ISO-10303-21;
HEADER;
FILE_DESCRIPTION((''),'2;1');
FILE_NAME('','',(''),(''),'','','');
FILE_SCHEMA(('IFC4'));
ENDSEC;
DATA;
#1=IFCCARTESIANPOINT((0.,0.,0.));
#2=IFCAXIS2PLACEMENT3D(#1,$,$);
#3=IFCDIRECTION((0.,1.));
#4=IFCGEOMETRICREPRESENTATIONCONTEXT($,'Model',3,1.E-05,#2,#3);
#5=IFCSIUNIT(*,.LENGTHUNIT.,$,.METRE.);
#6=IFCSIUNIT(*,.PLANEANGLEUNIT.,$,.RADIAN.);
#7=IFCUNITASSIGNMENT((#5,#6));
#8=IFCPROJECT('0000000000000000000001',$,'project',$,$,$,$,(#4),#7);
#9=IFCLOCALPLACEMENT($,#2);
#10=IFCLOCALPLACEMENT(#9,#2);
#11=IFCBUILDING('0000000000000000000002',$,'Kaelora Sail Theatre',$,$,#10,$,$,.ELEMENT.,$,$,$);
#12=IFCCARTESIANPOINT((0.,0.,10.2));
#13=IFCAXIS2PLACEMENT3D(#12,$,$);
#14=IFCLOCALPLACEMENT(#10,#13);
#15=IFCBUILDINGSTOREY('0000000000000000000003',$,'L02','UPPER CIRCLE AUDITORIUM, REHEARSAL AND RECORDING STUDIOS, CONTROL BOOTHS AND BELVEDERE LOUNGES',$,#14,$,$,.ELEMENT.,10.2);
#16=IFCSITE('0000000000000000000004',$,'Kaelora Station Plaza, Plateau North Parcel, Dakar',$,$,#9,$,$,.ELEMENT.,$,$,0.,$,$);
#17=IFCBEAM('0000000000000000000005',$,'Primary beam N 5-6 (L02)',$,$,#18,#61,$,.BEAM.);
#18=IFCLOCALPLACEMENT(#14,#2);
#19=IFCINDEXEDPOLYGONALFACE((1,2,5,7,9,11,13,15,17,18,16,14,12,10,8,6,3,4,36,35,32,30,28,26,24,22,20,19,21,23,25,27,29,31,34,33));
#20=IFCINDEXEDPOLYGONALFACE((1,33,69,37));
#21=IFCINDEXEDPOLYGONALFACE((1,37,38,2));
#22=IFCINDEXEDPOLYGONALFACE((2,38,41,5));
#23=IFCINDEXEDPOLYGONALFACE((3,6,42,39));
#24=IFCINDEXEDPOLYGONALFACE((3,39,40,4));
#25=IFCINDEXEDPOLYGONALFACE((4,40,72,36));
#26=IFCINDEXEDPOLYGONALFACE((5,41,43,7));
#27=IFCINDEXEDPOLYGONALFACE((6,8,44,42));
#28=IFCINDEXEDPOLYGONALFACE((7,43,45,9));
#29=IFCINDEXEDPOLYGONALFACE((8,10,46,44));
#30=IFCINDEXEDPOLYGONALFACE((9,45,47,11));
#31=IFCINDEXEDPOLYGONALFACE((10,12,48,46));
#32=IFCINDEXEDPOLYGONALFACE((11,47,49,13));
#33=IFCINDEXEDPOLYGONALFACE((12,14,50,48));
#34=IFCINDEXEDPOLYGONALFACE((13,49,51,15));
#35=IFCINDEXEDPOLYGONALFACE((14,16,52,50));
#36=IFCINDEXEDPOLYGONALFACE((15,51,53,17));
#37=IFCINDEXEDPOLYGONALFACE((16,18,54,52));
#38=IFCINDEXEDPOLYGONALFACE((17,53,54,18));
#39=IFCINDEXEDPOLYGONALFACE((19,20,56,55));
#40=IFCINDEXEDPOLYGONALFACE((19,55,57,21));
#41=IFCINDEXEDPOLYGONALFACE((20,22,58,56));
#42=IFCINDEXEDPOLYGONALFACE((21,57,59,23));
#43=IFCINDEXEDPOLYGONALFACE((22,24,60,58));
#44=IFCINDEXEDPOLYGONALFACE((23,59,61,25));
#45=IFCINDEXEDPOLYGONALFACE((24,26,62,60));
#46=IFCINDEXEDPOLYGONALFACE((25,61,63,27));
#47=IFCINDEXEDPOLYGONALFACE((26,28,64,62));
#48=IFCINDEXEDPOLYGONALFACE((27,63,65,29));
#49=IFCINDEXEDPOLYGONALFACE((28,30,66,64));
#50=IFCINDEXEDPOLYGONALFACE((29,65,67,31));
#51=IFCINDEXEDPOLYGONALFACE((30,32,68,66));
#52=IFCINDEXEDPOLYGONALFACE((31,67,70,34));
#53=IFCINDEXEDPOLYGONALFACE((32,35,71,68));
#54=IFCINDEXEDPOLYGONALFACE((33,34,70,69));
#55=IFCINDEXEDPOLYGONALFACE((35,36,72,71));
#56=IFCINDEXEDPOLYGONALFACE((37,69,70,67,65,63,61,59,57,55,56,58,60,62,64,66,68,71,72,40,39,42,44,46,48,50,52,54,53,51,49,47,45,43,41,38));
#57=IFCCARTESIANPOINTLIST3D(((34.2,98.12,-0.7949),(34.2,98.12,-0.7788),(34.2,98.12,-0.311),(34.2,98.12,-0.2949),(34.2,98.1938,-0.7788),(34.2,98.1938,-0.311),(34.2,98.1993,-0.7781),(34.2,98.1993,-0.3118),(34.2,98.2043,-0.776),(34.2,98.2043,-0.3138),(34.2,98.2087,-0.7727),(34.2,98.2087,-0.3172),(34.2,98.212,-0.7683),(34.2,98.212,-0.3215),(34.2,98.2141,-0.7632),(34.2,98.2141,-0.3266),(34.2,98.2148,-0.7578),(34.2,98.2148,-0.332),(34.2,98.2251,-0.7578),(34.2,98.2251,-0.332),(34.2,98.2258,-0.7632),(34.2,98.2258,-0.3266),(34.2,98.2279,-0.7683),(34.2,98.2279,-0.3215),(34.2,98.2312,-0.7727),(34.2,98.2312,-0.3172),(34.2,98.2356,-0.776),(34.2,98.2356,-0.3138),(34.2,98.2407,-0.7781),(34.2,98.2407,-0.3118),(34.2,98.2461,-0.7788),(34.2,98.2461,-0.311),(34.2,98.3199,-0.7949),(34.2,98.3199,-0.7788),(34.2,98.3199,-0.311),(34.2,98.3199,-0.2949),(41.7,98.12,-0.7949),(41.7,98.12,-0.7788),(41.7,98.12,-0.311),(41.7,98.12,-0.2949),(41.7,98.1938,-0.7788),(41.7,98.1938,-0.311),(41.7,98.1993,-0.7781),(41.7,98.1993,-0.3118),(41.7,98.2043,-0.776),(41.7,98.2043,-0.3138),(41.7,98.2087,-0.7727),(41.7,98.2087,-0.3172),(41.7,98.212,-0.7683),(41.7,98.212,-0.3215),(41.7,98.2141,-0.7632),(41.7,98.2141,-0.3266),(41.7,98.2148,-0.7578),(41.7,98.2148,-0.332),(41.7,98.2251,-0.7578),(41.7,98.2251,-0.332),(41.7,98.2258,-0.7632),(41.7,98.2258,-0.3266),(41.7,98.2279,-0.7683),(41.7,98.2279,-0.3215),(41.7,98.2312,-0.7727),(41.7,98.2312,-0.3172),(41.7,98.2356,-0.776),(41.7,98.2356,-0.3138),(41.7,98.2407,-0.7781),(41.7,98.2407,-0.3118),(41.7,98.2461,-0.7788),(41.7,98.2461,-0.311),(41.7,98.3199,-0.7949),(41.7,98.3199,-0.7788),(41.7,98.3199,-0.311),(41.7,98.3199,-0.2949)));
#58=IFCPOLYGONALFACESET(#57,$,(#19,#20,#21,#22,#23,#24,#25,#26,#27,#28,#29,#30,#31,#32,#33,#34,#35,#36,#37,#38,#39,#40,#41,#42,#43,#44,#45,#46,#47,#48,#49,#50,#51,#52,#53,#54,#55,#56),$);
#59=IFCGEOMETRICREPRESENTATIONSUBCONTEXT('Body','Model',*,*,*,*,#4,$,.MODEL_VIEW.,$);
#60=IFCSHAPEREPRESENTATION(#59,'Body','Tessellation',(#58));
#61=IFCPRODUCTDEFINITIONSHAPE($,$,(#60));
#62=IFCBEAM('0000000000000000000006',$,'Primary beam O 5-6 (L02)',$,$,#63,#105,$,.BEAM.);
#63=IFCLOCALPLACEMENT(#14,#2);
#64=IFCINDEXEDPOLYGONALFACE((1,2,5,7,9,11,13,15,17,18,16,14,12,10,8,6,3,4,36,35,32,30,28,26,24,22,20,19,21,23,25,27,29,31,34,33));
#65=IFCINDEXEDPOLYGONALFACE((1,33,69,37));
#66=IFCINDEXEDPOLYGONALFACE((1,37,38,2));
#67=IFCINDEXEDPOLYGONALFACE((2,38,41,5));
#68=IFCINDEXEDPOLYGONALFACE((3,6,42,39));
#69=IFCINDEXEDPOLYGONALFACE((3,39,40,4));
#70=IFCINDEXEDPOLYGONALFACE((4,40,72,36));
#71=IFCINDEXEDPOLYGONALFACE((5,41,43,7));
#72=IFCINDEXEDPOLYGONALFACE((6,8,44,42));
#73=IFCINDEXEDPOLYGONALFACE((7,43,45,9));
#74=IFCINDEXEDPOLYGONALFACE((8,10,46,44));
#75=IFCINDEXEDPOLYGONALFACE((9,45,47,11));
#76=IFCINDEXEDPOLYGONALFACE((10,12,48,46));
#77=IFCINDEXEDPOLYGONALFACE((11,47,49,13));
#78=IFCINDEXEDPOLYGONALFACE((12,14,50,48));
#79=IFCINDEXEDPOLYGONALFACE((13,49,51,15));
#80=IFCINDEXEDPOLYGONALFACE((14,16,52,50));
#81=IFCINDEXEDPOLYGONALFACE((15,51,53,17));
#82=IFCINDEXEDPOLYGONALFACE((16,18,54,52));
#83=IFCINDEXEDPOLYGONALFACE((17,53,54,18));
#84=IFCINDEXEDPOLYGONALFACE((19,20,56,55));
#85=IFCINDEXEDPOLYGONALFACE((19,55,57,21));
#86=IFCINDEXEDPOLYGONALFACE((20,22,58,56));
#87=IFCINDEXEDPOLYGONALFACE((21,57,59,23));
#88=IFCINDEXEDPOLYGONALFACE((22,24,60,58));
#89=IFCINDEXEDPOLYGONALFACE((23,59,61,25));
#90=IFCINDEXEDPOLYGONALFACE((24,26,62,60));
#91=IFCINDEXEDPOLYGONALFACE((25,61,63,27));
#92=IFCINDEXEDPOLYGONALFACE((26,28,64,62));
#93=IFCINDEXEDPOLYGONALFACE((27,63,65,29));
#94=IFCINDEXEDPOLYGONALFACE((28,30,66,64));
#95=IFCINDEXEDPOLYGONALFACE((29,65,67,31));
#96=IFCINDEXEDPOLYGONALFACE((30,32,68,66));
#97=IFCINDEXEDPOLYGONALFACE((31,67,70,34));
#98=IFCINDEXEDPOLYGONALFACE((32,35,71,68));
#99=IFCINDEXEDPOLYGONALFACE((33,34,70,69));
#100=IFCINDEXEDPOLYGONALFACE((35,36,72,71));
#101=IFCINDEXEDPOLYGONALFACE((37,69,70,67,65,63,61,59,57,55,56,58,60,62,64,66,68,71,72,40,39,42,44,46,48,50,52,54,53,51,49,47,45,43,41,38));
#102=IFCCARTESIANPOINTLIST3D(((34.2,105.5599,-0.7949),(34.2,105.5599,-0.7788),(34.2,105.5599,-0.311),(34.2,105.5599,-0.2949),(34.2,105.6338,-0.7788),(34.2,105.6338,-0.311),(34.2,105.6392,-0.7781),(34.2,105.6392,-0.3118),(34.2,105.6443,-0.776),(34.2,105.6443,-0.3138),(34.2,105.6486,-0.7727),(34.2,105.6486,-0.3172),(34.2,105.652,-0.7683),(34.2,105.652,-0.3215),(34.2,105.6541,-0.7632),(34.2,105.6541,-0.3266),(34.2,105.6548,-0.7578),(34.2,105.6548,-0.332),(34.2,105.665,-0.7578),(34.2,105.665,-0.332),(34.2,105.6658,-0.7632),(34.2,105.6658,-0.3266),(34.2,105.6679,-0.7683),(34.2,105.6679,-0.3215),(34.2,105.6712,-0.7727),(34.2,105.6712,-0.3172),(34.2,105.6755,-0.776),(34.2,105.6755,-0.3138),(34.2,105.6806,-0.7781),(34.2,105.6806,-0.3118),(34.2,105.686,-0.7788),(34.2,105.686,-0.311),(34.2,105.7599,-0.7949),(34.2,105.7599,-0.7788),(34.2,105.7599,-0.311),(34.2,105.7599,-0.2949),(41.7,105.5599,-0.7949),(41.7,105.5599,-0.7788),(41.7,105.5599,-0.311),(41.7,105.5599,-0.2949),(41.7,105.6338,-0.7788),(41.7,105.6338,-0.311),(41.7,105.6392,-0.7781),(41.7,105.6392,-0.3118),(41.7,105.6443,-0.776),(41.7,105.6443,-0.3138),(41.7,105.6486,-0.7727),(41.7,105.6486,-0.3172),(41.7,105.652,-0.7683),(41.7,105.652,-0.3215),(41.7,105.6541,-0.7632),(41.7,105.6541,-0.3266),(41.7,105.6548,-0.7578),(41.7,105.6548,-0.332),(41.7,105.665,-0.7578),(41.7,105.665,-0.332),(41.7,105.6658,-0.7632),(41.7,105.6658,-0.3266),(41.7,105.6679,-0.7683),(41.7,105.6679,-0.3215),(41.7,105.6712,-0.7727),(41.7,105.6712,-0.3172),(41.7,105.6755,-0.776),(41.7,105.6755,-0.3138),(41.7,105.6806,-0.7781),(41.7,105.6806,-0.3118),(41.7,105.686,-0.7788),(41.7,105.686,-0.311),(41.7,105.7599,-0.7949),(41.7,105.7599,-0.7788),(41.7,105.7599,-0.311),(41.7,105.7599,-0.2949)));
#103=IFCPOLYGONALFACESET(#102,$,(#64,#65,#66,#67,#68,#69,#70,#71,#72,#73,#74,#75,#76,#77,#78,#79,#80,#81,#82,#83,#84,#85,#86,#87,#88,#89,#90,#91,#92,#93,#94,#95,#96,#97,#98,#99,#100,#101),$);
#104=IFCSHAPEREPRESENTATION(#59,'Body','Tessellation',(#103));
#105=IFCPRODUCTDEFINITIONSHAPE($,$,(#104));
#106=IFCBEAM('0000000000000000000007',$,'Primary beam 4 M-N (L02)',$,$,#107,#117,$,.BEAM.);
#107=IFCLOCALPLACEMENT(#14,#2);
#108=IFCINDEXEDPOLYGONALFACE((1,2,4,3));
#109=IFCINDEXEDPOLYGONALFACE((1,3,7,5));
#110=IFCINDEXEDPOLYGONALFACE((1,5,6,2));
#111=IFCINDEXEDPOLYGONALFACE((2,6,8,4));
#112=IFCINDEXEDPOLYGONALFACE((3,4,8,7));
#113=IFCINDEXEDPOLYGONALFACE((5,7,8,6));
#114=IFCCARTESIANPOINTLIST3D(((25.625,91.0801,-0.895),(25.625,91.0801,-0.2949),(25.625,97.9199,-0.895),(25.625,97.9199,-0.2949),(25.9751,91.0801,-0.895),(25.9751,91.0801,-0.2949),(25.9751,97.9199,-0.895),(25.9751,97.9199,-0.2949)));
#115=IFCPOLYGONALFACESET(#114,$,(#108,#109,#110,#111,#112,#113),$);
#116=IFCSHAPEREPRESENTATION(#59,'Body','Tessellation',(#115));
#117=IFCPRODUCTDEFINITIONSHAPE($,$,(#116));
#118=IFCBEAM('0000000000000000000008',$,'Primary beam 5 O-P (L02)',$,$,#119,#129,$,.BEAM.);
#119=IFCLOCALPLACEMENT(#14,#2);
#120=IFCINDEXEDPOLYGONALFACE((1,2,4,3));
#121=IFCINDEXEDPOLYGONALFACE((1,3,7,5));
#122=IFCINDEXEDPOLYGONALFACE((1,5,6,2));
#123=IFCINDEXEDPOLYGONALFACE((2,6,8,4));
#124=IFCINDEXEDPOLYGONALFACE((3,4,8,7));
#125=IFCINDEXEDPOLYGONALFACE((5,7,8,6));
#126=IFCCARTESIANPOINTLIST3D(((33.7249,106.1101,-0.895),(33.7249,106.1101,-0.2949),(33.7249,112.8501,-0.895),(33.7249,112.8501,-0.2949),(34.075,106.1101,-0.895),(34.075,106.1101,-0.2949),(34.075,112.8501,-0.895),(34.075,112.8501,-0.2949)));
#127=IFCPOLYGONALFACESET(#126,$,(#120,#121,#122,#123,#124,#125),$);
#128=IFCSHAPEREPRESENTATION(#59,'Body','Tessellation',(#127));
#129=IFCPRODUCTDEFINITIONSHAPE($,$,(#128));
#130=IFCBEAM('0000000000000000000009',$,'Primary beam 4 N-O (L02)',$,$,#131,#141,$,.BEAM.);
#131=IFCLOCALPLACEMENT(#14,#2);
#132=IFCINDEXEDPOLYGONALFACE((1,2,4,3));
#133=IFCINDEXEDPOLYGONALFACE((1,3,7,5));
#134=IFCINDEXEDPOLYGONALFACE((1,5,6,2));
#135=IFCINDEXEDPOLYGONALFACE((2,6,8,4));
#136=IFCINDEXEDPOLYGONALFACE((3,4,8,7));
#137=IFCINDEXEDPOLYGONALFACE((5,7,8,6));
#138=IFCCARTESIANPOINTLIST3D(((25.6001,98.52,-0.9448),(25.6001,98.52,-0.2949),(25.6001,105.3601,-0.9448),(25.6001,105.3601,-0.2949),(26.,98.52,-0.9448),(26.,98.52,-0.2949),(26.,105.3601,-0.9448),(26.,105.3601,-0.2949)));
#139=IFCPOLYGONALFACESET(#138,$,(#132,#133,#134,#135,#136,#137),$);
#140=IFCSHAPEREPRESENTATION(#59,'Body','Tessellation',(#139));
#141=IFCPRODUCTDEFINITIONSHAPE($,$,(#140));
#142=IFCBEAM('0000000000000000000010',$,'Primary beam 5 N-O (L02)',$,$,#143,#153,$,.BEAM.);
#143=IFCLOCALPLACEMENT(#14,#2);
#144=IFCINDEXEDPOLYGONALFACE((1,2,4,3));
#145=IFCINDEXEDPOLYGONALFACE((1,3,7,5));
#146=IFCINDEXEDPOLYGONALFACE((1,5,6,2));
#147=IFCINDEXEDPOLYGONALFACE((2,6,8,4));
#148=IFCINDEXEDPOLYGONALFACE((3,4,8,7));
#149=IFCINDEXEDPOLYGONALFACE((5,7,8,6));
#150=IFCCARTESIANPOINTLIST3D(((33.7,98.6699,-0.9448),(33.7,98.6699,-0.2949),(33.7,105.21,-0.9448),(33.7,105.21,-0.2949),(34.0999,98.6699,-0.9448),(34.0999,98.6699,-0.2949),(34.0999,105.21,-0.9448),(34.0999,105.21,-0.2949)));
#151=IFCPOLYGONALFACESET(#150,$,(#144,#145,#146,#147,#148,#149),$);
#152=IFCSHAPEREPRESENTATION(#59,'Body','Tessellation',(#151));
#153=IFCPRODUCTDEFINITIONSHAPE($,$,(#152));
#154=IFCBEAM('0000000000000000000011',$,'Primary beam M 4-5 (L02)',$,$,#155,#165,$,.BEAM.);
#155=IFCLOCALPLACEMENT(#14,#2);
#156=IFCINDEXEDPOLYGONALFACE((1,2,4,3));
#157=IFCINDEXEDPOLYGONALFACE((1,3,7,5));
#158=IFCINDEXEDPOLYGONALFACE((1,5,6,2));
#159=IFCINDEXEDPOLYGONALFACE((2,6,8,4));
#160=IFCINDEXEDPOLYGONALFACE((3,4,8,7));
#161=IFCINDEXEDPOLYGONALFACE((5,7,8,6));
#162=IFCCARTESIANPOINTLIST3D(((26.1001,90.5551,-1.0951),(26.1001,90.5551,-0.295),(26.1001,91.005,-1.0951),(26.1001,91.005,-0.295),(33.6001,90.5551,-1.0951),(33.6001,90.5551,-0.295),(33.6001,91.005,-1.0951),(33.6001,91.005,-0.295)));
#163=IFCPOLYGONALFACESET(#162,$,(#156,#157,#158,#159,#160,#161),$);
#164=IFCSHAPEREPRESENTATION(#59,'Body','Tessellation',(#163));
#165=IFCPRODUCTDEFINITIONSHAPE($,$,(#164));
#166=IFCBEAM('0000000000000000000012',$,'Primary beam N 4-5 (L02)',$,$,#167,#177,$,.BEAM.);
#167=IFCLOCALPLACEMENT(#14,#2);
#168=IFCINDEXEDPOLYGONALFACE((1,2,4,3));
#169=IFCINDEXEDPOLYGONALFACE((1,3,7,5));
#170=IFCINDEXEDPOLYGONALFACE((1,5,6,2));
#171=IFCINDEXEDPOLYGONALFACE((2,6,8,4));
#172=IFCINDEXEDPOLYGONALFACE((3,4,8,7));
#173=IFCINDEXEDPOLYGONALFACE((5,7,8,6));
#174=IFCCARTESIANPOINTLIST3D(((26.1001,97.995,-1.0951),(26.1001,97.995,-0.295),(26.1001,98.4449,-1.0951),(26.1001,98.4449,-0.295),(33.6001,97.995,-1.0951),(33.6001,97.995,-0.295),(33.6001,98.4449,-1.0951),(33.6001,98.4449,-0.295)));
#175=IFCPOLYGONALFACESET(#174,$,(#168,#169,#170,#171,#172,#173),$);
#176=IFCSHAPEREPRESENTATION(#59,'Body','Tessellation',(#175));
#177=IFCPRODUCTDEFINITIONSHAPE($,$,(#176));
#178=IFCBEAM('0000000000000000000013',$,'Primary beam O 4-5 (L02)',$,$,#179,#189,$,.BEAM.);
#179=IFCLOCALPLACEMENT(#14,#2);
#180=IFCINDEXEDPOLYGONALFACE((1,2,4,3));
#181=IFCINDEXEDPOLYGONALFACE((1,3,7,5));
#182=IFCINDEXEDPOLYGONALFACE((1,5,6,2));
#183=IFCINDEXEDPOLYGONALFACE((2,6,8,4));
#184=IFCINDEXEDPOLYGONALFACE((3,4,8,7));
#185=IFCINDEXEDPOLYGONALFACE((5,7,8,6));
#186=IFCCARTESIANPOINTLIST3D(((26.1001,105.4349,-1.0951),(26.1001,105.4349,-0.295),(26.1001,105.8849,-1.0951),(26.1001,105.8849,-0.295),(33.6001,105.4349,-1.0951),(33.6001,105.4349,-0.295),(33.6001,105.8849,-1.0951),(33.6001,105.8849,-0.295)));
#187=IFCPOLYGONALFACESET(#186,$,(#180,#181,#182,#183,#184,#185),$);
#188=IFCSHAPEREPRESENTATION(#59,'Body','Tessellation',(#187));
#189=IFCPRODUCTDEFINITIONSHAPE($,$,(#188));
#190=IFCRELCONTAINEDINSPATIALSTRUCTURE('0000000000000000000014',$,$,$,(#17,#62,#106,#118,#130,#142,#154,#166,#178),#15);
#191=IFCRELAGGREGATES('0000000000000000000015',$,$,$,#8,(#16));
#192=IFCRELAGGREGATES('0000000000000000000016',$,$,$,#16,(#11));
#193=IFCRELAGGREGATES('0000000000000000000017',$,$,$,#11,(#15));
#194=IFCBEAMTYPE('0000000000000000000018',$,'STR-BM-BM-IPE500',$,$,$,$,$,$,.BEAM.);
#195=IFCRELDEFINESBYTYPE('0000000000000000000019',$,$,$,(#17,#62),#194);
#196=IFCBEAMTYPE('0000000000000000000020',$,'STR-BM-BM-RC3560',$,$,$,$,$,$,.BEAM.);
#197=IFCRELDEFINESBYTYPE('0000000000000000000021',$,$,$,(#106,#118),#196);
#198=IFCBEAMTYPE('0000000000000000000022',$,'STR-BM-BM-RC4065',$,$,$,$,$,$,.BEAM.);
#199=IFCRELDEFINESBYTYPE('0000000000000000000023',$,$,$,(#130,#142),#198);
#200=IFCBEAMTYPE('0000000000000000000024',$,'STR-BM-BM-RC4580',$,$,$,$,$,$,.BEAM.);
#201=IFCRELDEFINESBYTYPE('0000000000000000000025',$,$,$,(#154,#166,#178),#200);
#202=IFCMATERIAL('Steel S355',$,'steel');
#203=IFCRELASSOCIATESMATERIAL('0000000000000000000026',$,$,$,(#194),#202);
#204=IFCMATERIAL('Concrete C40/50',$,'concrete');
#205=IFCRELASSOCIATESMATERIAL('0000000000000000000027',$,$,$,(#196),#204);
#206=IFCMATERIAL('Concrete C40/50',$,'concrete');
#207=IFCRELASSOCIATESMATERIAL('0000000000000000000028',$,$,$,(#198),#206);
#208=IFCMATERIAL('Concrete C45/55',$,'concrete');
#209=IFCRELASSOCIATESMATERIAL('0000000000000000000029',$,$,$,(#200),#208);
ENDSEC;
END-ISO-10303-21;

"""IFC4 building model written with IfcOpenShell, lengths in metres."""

from ifc_helpers import new_model, si_unit, direction, frame, origin, origin_2d, place, context, subcontext, project, spatial, rectangle, i_section, extrude, material, material_profile, profile_set, type_object, element, save


model = new_model("IFC4")

# Units and contexts
model_context = context("Model", 3, precision=1e-05, world=origin(), true_north=direction((0.0, 1.0)))
body_context = subcontext(model_context, "Body", "Model", "MODEL_VIEW")
ifc_project = project(units=[si_unit("LENGTHUNIT", "METRE"), si_unit("PLANEANGLEUNIT", "RADIAN")], contexts=[model_context])

# Site, building, storey
site_placement = place(None, origin())
site = spatial("IfcSite", under=ifc_project, at=site_placement, Name="Kaelora Station Plaza, Plateau North Parcel, Dakar", CompositionType="ELEMENT", RefElevation=0.0)
building_placement = place(site_placement, origin())
building = spatial("IfcBuilding", under=site, at=building_placement, Name="Kaelora Sail Theatre", CompositionType="ELEMENT")
storey_placement = place(building_placement, frame((0.0, 0.0, 10.2)))
storey = spatial("IfcBuildingStorey", under=building, at=storey_placement, Name="L02", Description="UPPER CIRCLE AUDITORIUM, REHEARSAL AND RECORDING STUDIOS, CONTROL BOOTHS AND BELVEDERE LOUNGES", CompositionType="ELEMENT", Elevation=10.2)

# Beams
ifc_material_1 = material(Name="Steel S355", Category="steel")
ifc_material_profile_1 = material_profile(ifc_material_1, i_section(OverallWidth=0.2, OverallDepth=0.5, WebThickness=0.0103, FlangeThickness=0.0161, FilletRadius=0.021, at=origin_2d()), Name="IPE 500")
ifc_profile_set_1 = profile_set([ifc_material_profile_1], Name="Steel S355")
beam_type_1 = type_object("IfcBeamType", Name="STR-BM-BM-IPE500", PredefinedType="BEAM", material=ifc_profile_set_1)
for number, where, z_axis, x_axis, name in (
    (1, (34.2, 98.22, -0.5449), (1.0, 0.0, 0.0), (0.0, 1.0, 0.0), "Primary beam N 5-6 (L02)"),
    (2, (34.2, 105.6599, -0.5449), (1.0, 0.0, 0.0), (0.0, 1.0, 0.0), "Primary beam O 5-6 (L02)"),
):
    element("IfcBeam", number, at=place(storey_placement, frame(where, z_axis=z_axis, x_axis=x_axis)), inside=storey, type_object=beam_type_1, Name=name, PredefinedType="BEAM", context=body_context, shape_type="SweptSolid", body=[
        extrude(i_section(OverallWidth=0.2, OverallDepth=0.5, WebThickness=0.0103, FlangeThickness=0.0161, FilletRadius=0.021, at=origin_2d()), origin(), (0.0, 0.0, 1.0), 7.5),
    ])
ifc_material_2 = material(Name="Concrete C40/50", Category="concrete")
ifc_material_profile_2 = material_profile(ifc_material_2, rectangle(XDim=0.3501, YDim=0.6001, at=origin_2d()), Name="RC-BM 350x600")
ifc_profile_set_2 = profile_set([ifc_material_profile_2], Name="Concrete C40/50")
beam_type_2 = type_object("IfcBeamType", Name="STR-BM-BM-RC3560", PredefinedType="BEAM", material=ifc_profile_set_2)
beam_1_placement = place(storey_placement, frame((25.8, 91.0801, -0.595), z_axis=(0.0, 1.0, 0.0), x_axis=(-1.0, 0.0, 0.0)))
element("IfcBeam", 3, at=beam_1_placement, inside=storey, type_object=beam_type_2, Name="Primary beam 4 M-N (L02)", PredefinedType="BEAM", context=body_context, shape_type="SweptSolid", body=[
    extrude(rectangle(XDim=0.3501, YDim=0.6001, at=origin_2d()), origin(), (0.0, 0.0, 1.0), 6.8398),
])
beam_2_placement = place(storey_placement, frame((33.8999, 106.1101, -0.595), z_axis=(0.0, 1.0, 0.0), x_axis=(-1.0, 0.0, 0.0)))
element("IfcBeam", 4, at=beam_2_placement, inside=storey, type_object=beam_type_2, Name="Primary beam 5 O-P (L02)", PredefinedType="BEAM", context=body_context, shape_type="SweptSolid", body=[
    extrude(rectangle(XDim=0.3501, YDim=0.6001, at=origin_2d()), origin(), (0.0, 0.0, 1.0), 6.74),
])
ifc_material_3 = material(Name="Concrete C40/50", Category="concrete")
ifc_material_profile_3 = material_profile(ifc_material_3, rectangle(XDim=0.3999, YDim=0.6499, at=origin_2d()), Name="RC-BM 400x650")
ifc_profile_set_3 = profile_set([ifc_material_profile_3], Name="Concrete C40/50")
beam_type_3 = type_object("IfcBeamType", Name="STR-BM-BM-RC4065", PredefinedType="BEAM", material=ifc_profile_set_3)
beam_3_placement = place(storey_placement, frame((25.8, 98.52, -0.6199), z_axis=(0.0, 1.0, 0.0), x_axis=(-1.0, 0.0, 0.0)))
element("IfcBeam", 5, at=beam_3_placement, inside=storey, type_object=beam_type_3, Name="Primary beam 4 N-O (L02)", PredefinedType="BEAM", context=body_context, shape_type="SweptSolid", body=[
    extrude(rectangle(XDim=0.3999, YDim=0.6499, at=origin_2d()), origin(), (0.0, 0.0, 1.0), 6.8401),
])
beam_4_placement = place(storey_placement, frame((33.8999, 98.6699, -0.6199), z_axis=(0.0, 1.0, 0.0), x_axis=(-1.0, 0.0, 0.0)))
element("IfcBeam", 6, at=beam_4_placement, inside=storey, type_object=beam_type_3, Name="Primary beam 5 N-O (L02)", PredefinedType="BEAM", context=body_context, shape_type="SweptSolid", body=[
    extrude(rectangle(XDim=0.3999, YDim=0.6499, at=origin_2d()), origin(), (0.0, 0.0, 1.0), 6.54),
])
ifc_material_4 = material(Name="Concrete C45/55", Category="concrete")
ifc_material_profile_4 = material_profile(ifc_material_4, rectangle(XDim=0.45, YDim=0.8, at=origin_2d()), Name="RC-BM 450x800")
ifc_profile_set_4 = profile_set([ifc_material_profile_4], Name="Concrete C45/55")
beam_type_4 = type_object("IfcBeamType", Name="STR-BM-BM-RC4580", PredefinedType="BEAM", material=ifc_profile_set_4)
for number, where, z_axis, x_axis, name in (
    (7, (26.1001, 90.78, -0.6951), (1.0, 0.0, 0.0), (0.0, 1.0, 0.0), "Primary beam M 4-5 (L02)"),
    (8, (26.1001, 98.22, -0.6951), (1.0, 0.0, 0.0), (0.0, 1.0, 0.0), "Primary beam N 4-5 (L02)"),
    (9, (26.1001, 105.6599, -0.6951), (1.0, 0.0, 0.0), (0.0, 1.0, 0.0), "Primary beam O 4-5 (L02)"),
):
    element("IfcBeam", number, at=place(storey_placement, frame(where, z_axis=z_axis, x_axis=x_axis)), inside=storey, type_object=beam_type_4, Name=name, PredefinedType="BEAM", context=body_context, shape_type="SweptSolid", body=[
        extrude(rectangle(XDim=0.45, YDim=0.8, at=origin_2d()), origin(), (0.0, 0.0, 1.0), 7.5),
    ])

save(model, "model.ifc")
